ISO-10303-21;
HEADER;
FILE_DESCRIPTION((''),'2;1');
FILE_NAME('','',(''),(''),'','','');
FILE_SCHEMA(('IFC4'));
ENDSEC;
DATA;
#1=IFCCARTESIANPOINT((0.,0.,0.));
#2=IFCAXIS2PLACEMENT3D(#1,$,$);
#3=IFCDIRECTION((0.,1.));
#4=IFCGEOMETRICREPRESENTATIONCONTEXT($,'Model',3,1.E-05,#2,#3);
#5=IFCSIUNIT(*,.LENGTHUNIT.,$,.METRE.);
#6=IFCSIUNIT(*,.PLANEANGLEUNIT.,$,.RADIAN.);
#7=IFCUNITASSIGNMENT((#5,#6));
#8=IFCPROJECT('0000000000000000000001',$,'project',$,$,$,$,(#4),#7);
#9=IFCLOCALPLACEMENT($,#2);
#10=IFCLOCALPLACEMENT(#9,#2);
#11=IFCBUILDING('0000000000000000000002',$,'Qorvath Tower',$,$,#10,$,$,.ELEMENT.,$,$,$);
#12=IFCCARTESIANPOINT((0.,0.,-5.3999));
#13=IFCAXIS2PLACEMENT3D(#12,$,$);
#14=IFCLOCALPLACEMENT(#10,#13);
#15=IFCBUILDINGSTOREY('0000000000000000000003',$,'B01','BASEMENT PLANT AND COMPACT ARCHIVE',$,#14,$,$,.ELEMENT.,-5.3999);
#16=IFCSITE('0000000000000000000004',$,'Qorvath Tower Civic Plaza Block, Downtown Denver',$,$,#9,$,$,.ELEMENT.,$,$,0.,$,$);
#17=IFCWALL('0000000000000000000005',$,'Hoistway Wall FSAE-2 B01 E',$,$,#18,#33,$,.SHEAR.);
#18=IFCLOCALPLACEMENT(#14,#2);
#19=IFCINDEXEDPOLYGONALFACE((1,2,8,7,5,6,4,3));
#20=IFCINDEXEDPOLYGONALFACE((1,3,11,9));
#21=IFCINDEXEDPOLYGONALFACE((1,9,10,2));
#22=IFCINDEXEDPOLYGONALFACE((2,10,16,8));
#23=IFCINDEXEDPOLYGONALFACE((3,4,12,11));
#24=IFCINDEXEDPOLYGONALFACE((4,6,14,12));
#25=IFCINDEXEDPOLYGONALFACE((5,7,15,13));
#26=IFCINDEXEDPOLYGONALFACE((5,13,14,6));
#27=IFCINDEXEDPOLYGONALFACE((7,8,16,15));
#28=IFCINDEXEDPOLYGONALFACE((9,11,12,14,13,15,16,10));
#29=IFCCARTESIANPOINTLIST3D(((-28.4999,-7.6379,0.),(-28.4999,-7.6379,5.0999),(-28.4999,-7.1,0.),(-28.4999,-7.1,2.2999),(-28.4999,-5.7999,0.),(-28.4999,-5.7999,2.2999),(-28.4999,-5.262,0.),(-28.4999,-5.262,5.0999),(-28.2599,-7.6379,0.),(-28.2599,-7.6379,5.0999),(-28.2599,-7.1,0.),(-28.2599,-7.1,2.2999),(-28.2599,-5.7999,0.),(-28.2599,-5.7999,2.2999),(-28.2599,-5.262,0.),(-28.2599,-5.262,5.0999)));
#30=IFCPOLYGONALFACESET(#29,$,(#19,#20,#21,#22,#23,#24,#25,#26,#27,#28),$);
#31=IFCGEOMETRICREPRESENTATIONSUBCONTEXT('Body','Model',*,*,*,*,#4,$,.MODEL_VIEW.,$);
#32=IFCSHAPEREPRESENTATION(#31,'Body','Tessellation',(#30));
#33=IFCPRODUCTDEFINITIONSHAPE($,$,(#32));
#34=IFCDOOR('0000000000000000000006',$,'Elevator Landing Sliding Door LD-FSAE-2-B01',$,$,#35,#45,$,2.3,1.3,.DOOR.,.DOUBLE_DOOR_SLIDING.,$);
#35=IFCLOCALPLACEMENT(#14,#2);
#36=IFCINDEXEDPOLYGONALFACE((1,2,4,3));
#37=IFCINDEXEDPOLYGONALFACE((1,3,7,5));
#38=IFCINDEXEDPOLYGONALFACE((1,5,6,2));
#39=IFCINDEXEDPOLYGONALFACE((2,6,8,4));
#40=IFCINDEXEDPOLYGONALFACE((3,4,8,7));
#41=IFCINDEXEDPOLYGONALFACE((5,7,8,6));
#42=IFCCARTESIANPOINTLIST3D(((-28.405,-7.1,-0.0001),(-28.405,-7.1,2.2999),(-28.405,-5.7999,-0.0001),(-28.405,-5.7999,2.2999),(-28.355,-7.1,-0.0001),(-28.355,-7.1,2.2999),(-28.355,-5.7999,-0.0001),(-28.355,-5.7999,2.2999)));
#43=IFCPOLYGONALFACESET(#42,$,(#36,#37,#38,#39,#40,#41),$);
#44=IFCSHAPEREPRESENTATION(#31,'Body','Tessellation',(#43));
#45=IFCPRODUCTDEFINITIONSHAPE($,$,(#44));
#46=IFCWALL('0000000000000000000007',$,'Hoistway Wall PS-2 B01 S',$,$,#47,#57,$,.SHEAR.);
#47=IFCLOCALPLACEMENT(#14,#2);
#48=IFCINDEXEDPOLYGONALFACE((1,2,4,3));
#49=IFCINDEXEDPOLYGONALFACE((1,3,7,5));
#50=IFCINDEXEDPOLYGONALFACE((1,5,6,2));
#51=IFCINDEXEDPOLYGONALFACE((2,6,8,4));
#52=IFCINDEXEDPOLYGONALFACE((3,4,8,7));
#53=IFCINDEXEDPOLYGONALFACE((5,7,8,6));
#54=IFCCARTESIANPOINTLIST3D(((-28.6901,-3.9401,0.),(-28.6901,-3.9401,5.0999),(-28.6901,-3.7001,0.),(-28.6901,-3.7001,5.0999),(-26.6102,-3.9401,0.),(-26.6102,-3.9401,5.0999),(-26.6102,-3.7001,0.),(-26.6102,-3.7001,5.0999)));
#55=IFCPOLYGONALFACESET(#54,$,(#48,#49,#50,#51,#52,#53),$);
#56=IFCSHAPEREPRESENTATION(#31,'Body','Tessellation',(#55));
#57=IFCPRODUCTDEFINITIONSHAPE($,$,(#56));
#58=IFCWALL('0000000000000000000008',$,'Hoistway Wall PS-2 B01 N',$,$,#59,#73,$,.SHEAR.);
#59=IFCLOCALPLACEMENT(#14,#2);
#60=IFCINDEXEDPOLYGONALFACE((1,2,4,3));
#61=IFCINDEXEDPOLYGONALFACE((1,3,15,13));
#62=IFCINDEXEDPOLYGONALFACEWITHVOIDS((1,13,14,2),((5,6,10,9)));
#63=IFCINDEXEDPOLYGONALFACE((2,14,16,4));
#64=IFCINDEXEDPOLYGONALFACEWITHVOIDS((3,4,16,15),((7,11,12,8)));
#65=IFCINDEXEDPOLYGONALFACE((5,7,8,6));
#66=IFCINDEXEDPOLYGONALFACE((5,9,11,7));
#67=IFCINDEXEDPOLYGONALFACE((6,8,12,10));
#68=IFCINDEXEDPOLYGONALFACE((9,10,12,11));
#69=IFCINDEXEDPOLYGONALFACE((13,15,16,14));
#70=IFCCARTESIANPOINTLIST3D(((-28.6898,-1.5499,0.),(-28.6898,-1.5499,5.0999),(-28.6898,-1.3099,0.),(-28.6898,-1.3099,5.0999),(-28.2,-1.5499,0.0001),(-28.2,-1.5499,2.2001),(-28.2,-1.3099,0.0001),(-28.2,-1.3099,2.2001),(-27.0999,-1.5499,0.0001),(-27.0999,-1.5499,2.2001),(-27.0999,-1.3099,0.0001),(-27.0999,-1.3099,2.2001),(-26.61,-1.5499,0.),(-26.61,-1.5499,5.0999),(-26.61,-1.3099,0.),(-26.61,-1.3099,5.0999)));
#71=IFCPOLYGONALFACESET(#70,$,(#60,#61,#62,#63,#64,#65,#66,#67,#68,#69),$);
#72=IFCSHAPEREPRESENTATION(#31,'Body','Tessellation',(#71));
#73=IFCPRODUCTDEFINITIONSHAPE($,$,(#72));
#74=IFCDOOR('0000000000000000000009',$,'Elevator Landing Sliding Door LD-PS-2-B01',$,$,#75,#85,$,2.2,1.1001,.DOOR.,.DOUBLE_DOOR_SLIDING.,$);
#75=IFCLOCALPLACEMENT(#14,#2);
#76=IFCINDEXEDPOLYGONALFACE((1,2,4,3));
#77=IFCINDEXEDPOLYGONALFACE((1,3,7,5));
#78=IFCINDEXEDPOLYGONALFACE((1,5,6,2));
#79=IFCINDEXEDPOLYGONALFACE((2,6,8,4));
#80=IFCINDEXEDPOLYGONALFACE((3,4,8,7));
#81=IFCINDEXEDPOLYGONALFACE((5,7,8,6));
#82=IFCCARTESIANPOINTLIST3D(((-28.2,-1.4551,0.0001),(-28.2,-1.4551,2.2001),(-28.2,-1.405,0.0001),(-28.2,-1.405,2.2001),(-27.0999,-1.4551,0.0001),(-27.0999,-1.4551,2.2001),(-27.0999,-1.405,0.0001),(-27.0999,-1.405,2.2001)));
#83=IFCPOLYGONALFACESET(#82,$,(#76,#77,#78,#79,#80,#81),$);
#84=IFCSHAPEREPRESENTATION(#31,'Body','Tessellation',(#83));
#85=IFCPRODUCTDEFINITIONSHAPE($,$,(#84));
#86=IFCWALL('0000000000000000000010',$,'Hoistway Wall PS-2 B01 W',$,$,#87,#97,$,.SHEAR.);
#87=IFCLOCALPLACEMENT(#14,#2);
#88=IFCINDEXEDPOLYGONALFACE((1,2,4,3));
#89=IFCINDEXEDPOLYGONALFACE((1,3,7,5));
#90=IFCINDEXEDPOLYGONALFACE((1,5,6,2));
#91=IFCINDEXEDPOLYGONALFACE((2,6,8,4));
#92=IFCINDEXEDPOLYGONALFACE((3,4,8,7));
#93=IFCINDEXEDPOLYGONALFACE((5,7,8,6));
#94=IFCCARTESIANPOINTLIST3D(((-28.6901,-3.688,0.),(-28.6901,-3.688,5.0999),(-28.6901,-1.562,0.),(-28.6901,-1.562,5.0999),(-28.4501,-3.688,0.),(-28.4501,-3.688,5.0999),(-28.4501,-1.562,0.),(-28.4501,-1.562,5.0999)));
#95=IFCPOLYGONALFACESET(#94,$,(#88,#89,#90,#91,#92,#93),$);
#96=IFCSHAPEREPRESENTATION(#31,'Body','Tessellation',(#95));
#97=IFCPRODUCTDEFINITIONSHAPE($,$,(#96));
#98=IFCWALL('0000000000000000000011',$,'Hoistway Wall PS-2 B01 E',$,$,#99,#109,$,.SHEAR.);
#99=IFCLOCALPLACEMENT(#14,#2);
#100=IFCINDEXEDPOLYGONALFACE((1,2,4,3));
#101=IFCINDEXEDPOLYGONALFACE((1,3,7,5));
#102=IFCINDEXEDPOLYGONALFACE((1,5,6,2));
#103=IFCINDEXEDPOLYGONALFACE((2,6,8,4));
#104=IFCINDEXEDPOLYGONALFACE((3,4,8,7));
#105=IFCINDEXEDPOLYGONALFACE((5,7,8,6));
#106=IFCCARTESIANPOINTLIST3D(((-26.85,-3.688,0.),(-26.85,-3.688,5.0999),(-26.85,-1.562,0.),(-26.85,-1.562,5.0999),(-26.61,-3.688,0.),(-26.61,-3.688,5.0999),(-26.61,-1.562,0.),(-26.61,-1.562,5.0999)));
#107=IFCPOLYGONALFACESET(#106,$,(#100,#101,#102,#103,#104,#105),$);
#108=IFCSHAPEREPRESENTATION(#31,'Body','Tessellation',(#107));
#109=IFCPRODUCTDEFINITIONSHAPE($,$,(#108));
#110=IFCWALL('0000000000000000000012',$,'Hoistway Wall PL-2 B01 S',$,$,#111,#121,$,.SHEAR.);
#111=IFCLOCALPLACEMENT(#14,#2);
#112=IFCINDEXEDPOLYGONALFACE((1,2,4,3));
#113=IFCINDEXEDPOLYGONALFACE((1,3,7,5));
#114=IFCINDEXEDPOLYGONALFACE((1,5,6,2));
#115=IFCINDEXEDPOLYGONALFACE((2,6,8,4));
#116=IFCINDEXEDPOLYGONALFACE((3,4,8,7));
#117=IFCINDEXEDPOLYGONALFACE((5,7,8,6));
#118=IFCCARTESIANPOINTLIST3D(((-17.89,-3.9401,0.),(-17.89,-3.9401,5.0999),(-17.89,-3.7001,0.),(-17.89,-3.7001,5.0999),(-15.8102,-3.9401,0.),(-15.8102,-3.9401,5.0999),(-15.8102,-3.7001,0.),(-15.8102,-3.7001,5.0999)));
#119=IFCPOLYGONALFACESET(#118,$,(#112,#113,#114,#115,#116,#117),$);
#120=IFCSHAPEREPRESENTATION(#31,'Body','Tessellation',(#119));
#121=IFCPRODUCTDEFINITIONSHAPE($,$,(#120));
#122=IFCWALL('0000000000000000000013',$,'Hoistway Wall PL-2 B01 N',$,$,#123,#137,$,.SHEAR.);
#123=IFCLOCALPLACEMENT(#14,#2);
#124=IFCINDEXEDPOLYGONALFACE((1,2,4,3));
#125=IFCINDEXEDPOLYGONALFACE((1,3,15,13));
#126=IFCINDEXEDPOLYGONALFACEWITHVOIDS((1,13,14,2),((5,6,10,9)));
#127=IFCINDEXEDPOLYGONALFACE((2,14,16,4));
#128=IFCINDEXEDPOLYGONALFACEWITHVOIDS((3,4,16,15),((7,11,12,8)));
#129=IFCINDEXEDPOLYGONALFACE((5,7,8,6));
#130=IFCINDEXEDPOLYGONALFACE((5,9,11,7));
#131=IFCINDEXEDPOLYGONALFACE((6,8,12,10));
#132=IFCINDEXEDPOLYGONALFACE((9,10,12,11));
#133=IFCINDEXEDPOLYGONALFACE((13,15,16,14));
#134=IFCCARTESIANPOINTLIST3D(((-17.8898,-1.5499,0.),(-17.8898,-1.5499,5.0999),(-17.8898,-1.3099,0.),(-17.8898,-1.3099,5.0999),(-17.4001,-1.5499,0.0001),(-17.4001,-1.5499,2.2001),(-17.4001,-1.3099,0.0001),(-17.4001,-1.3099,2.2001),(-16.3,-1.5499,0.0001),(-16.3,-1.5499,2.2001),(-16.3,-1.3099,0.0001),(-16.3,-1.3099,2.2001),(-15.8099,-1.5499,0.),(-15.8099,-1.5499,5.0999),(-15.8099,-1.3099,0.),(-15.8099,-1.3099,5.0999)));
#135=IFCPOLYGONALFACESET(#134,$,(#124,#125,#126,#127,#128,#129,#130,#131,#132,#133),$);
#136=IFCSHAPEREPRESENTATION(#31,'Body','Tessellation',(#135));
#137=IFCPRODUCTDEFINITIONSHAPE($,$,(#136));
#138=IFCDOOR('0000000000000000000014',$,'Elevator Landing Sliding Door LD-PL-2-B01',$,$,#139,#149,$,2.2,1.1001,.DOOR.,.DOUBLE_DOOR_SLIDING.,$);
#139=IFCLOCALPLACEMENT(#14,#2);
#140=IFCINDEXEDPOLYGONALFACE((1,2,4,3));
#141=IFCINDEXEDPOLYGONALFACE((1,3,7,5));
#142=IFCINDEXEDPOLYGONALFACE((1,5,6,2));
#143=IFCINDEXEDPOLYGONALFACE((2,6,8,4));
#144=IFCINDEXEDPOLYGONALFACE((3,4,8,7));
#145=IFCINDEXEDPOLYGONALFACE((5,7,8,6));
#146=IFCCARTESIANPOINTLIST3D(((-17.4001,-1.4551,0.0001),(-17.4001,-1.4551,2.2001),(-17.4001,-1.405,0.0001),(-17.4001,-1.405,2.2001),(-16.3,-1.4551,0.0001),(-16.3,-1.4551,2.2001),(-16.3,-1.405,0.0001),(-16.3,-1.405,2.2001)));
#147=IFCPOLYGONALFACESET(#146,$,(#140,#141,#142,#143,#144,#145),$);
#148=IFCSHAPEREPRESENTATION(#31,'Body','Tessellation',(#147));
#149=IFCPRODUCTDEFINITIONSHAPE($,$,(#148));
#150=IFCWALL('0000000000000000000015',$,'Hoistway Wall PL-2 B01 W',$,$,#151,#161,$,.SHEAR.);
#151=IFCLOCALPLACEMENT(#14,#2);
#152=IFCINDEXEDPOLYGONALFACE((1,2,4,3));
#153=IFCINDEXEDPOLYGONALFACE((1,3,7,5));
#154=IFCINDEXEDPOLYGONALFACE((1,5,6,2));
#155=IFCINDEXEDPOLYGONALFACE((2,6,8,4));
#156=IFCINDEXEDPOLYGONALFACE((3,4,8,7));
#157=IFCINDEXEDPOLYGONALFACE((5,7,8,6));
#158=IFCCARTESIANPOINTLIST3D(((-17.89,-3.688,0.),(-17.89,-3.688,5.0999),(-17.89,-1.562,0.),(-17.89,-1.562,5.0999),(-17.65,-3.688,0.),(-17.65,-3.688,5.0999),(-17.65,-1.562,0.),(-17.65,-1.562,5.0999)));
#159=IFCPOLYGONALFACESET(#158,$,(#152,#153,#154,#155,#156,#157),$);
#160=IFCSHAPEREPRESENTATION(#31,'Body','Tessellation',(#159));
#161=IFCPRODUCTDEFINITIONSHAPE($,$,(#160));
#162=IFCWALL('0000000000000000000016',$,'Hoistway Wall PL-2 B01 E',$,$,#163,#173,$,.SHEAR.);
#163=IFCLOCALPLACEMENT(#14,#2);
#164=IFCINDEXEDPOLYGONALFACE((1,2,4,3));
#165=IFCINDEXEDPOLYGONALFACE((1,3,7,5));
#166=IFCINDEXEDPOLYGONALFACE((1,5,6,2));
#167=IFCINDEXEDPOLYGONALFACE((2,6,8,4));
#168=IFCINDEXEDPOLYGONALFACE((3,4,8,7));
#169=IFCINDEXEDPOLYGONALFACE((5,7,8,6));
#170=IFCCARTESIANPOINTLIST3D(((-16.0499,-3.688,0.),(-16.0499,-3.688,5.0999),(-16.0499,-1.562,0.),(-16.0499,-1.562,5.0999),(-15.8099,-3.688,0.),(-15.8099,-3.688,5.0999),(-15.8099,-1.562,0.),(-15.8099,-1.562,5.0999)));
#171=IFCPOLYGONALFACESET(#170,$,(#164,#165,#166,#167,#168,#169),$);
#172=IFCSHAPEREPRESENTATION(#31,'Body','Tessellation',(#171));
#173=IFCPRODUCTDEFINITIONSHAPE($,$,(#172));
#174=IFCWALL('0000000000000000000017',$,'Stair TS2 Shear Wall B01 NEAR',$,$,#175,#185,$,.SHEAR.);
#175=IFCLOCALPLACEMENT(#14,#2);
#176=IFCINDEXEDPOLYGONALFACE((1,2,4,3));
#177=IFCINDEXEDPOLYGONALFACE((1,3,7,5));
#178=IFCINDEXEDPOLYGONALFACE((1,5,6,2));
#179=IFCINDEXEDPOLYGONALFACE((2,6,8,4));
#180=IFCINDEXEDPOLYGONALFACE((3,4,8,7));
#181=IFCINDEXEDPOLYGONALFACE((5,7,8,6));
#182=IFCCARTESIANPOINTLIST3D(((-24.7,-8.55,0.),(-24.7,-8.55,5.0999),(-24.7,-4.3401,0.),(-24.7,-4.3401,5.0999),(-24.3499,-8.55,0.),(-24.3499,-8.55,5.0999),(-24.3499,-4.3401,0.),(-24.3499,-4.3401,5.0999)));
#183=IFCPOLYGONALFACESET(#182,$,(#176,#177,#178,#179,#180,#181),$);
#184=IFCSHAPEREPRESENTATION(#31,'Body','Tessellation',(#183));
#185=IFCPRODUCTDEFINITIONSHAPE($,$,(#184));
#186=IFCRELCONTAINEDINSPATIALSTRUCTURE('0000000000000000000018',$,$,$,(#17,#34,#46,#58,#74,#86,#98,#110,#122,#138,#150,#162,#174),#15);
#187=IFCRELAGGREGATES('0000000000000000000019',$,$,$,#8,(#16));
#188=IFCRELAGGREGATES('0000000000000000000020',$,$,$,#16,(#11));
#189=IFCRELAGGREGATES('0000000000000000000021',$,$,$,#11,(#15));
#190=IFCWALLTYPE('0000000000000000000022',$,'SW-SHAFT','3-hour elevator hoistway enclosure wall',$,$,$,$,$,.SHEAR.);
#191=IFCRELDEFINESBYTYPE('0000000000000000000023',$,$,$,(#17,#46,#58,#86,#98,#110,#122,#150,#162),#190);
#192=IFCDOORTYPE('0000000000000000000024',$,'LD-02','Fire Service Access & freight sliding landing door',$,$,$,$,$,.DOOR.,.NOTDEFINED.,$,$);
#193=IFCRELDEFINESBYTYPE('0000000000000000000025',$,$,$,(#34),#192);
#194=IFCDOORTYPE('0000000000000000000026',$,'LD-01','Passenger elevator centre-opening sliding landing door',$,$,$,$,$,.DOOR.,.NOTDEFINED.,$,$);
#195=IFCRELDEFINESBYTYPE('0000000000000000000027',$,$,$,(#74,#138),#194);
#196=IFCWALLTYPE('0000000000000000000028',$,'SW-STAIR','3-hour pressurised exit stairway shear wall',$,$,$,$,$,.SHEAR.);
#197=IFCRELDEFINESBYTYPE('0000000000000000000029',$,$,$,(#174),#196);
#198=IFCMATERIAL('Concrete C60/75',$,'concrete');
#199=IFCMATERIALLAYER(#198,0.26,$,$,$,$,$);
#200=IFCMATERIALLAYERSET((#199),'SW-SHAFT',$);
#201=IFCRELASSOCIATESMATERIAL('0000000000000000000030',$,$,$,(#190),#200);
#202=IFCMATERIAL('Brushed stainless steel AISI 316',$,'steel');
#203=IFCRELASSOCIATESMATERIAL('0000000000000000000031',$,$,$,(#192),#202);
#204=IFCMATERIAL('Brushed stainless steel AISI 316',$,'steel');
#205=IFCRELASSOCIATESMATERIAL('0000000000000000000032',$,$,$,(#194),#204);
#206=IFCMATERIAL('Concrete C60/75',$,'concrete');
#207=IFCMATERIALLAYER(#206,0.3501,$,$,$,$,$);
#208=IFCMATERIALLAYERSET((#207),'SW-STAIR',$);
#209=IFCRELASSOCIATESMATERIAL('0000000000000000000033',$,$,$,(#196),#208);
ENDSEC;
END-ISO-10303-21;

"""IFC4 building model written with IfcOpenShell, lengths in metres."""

from ifc_helpers import new_model, si_unit, direction, frame, frame_2d, origin, place, context, subcontext, project, spatial, rectangle, extrude, material, layer, layer_set, type_object, element, fill, save


model = new_model("IFC4")

# Units and contexts
model_context = context("Model", 3, precision=1e-05, world=origin(), true_north=direction((0.0, 1.0)))
body_context = subcontext(model_context, "Body", "Model", "MODEL_VIEW")
ifc_project = project(units=[si_unit("LENGTHUNIT", "METRE"), si_unit("PLANEANGLEUNIT", "RADIAN")], contexts=[model_context])

# Site, building, storey
site_placement = place(None, origin())
site = spatial("IfcSite", under=ifc_project, at=site_placement, Name="Qorvath Tower Civic Plaza Block, Downtown Denver", CompositionType="ELEMENT", RefElevation=0.0)
building_placement = place(site_placement, origin())
building = spatial("IfcBuilding", under=site, at=building_placement, Name="Qorvath Tower", CompositionType="ELEMENT")
storey_placement = place(building_placement, frame((0.0, 0.0, -5.3999)))
storey = spatial("IfcBuildingStorey", under=building, at=storey_placement, Name="B01", Description="BASEMENT PLANT AND COMPACT ARCHIVE", CompositionType="ELEMENT", Elevation=-5.3999)

# Wall, opening, door
ifc_material_1 = material(Name="Concrete C60/75", Category="concrete")
ifc_layer_1 = layer(ifc_material_1, 0.26)
ifc_layer_set_1 = layer_set([ifc_layer_1], Name="SW-SHAFT")
wall_type_1 = type_object("IfcWallType", Name="SW-SHAFT", Description="3-hour elevator hoistway enclosure wall", PredefinedType="SHEAR", material=ifc_layer_set_1)
wall_1_placement = place(storey_placement, frame((-28.3799, -5.262, 0.0), z_axis=(0.0, 0.0, 1.0), x_axis=(0.0, -1.0, 0.0)))
wall_1 = element("IfcWall", 1, at=wall_1_placement, inside=storey, type_object=wall_type_1, Name="Hoistway Wall FSAE-2 B01 E", PredefinedType="SHEAR", context=body_context, shape_type="SweptSolid", body=[
    extrude(rectangle(XDim=2.376, YDim=0.24, at=frame_2d((1.188, 0.0))), origin(), (0.0, 0.0, 1.0), 5.0999),
])
opening_1_placement = place(wall_1_placement, frame((0.5381, 0.0, 0.0)))
opening_1 = element("IfcOpeningElement", 2, at=opening_1_placement, cuts=wall_1, PredefinedType="OPENING", context=body_context, shape_type="SweptSolid", body=[
    extrude(rectangle(XDim=1.3, YDim=2.3, at=frame_2d((0.6499, 1.1499))), frame((0.0, 0.1299, 0.0), z_axis=(0.0, -1.0, 0.0), x_axis=(1.0, 0.0, 0.0)), (0.0, 0.0, 1.0), 0.26),
])
ifc_material_2 = material(Name="Brushed stainless steel AISI 316", Category="steel")
door_type_1 = type_object("IfcDoorType", Name="LD-02", Description="Fire Service Access & freight sliding landing door", OperationType="NOTDEFINED", PredefinedType="DOOR", material=ifc_material_2)
door_1_placement = place(opening_1_placement, origin())
door_1 = element("IfcDoor", 3, at=door_1_placement, inside=storey, type_object=door_type_1, Name="Elevator Landing Sliding Door LD-FSAE-2-B01", OperationType="DOUBLE_DOOR_SLIDING", OverallHeight=2.3, OverallWidth=1.3, PredefinedType="DOOR", context=body_context, shape_type="SweptSolid", body=[
    extrude(rectangle(XDim=1.3, YDim=2.3, at=frame_2d((0.6499, 1.1499))), frame((0.0, 0.0249, 0.0), z_axis=(0.0, -1.0, 0.0), x_axis=(1.0, 0.0, 0.0)), (0.0, 0.0, 1.0), 0.05),
])
fill(opening_1, door_1)

# Wall
wall_2_placement = place(storey_placement, frame((-26.6101, -3.8201, 0.0), z_axis=(0.0, 0.0, 1.0), x_axis=(-1.0, 0.0, 0.0)))
element("IfcWall", 4, at=wall_2_placement, inside=storey, type_object=wall_type_1, Name="Hoistway Wall PS-2 B01 S", PredefinedType="SHEAR", context=body_context, shape_type="SweptSolid", body=[
    extrude(rectangle(XDim=2.0798, YDim=0.24, at=frame_2d((1.04, 0.0))), origin(), (0.0, 0.0, 1.0), 5.0999),
])

# Wall, opening, door
wall_3_placement = place(storey_placement, frame((-28.6899, -1.4299, 0.0), z_axis=(0.0, 0.0, 1.0), x_axis=(1.0, 0.0, 0.0)))
wall_3 = element("IfcWall", 5, at=wall_3_placement, inside=storey, type_object=wall_type_1, Name="Hoistway Wall PS-2 B01 N", PredefinedType="SHEAR", context=body_context, shape_type="SweptSolid", body=[
    extrude(rectangle(XDim=2.0798, YDim=0.24, at=frame_2d((1.04, 0.0))), origin(), (0.0, 0.0, 1.0), 5.0999),
])
opening_2_placement = place(wall_3_placement, frame((0.49, 0.0, 0.0)))
opening_2 = element("IfcOpeningElement", 6, at=opening_2_placement, cuts=wall_3, PredefinedType="OPENING", context=body_context, shape_type="SweptSolid", body=[
    extrude(rectangle(XDim=1.1001, YDim=2.2, at=frame_2d((0.55, 1.1001))), frame((0.0, 0.1299, 0.0), z_axis=(0.0, -1.0, 0.0), x_axis=(1.0, 0.0, 0.0)), (0.0, 0.0, 1.0), 0.26),
])
ifc_material_3 = material(Name="Brushed stainless steel AISI 316", Category="steel")
door_type_2 = type_object("IfcDoorType", Name="LD-01", Description="Passenger elevator centre-opening sliding landing door", OperationType="NOTDEFINED", PredefinedType="DOOR", material=ifc_material_3)
door_2_placement = place(opening_2_placement, origin())
door_2 = element("IfcDoor", 7, at=door_2_placement, inside=storey, type_object=door_type_2, Name="Elevator Landing Sliding Door LD-PS-2-B01", OperationType="DOUBLE_DOOR_SLIDING", OverallHeight=2.2, OverallWidth=1.1001, PredefinedType="DOOR", context=body_context, shape_type="SweptSolid", body=[
    extrude(rectangle(XDim=1.1001, YDim=2.2, at=frame_2d((0.55, 1.1001))), frame((0.0, 0.0249, 0.0), z_axis=(0.0, -1.0, 0.0), x_axis=(1.0, 0.0, 0.0)), (0.0, 0.0, 1.0), 0.05),
])
fill(opening_2, door_2)

# Walls
for number, where, z_axis, x_axis, name in (
    (8, (-28.5701, -3.688, 0.0), (0.0, 0.0, 1.0), (0.0, 1.0, 0.0), "Hoistway Wall PS-2 B01 W"),
    (9, (-26.73, -1.562, 0.0), (0.0, 0.0, 1.0), (0.0, -1.0, 0.0), "Hoistway Wall PS-2 B01 E"),
):
    element("IfcWall", number, at=place(storey_placement, frame(where, z_axis=z_axis, x_axis=x_axis)), inside=storey, type_object=wall_type_1, Name=name, PredefinedType="SHEAR", context=body_context, shape_type="SweptSolid", body=[
        extrude(rectangle(XDim=2.126, YDim=0.24, at=frame_2d((1.063, 0.0))), origin(), (0.0, 0.0, 1.0), 5.0999),
    ])
wall_4_placement = place(storey_placement, frame((-15.8101, -3.8201, 0.0), z_axis=(0.0, 0.0, 1.0), x_axis=(-1.0, 0.0, 0.0)))
element("IfcWall", 10, at=wall_4_placement, inside=storey, type_object=wall_type_1, Name="Hoistway Wall PL-2 B01 S", PredefinedType="SHEAR", context=body_context, shape_type="SweptSolid", body=[
    extrude(rectangle(XDim=2.0798, YDim=0.24, at=frame_2d((1.04, 0.0))), origin(), (0.0, 0.0, 1.0), 5.0999),
])

# Wall, opening, door
wall_5_placement = place(storey_placement, frame((-17.8899, -1.4299, 0.0), z_axis=(0.0, 0.0, 1.0), x_axis=(1.0, 0.0, 0.0)))
wall_5 = element("IfcWall", 11, at=wall_5_placement, inside=storey, type_object=wall_type_1, Name="Hoistway Wall PL-2 B01 N", PredefinedType="SHEAR", context=body_context, shape_type="SweptSolid", body=[
    extrude(rectangle(XDim=2.0798, YDim=0.24, at=frame_2d((1.04, 0.0))), origin(), (0.0, 0.0, 1.0), 5.0999),
])
opening_3_placement = place(wall_5_placement, frame((0.4897, 0.0, 0.0)))
opening_3 = element("IfcOpeningElement", 12, at=opening_3_placement, cuts=wall_5, PredefinedType="OPENING", context=body_context, shape_type="SweptSolid", body=[
    extrude(rectangle(XDim=1.1001, YDim=2.2, at=frame_2d((0.55, 1.1001))), frame((0.0, 0.1299, 0.0), z_axis=(0.0, -1.0, 0.0), x_axis=(1.0, 0.0, 0.0)), (0.0, 0.0, 1.0), 0.26),
])
door_3_placement = place(opening_3_placement, origin())
door_3 = element("IfcDoor", 13, at=door_3_placement, inside=storey, type_object=door_type_2, Name="Elevator Landing Sliding Door LD-PL-2-B01", OperationType="DOUBLE_DOOR_SLIDING", OverallHeight=2.2, OverallWidth=1.1001, PredefinedType="DOOR", context=body_context, shape_type="SweptSolid", body=[
    extrude(rectangle(XDim=1.1001, YDim=2.2, at=frame_2d((0.55, 1.1001))), frame((0.0, 0.0249, 0.0), z_axis=(0.0, -1.0, 0.0), x_axis=(1.0, 0.0, 0.0)), (0.0, 0.0, 1.0), 0.05),
])
fill(opening_3, door_3)

# Walls
for number, where, z_axis, x_axis, name in (
    (14, (-17.77, -3.688, 0.0), (0.0, 0.0, 1.0), (0.0, 1.0, 0.0), "Hoistway Wall PL-2 B01 W"),
    (15, (-15.9299, -1.562, 0.0), (0.0, 0.0, 1.0), (0.0, -1.0, 0.0), "Hoistway Wall PL-2 B01 E"),
):
    element("IfcWall", number, at=place(storey_placement, frame(where, z_axis=z_axis, x_axis=x_axis)), inside=storey, type_object=wall_type_1, Name=name, PredefinedType="SHEAR", context=body_context, shape_type="SweptSolid", body=[
        extrude(rectangle(XDim=2.126, YDim=0.24, at=frame_2d((1.063, 0.0))), origin(), (0.0, 0.0, 1.0), 5.0999),
    ])
ifc_material_4 = material(Name="Concrete C60/75", Category="concrete")
ifc_layer_2 = layer(ifc_material_4, 0.3501)
ifc_layer_set_2 = layer_set([ifc_layer_2], Name="SW-STAIR")
wall_type_2 = type_object("IfcWallType", Name="SW-STAIR", Description="3-hour pressurised exit stairway shear wall", PredefinedType="SHEAR", material=ifc_layer_set_2)
wall_6_placement = place(storey_placement, frame((-24.5249, -4.3401, 0.0), z_axis=(0.0, 0.0, 1.0), x_axis=(0.0, -1.0, 0.0)))
element("IfcWall", 16, at=wall_6_placement, inside=storey, type_object=wall_type_2, Name="Stair TS2 Shear Wall B01 NEAR", PredefinedType="SHEAR", context=body_context, shape_type="SweptSolid", body=[
    extrude(rectangle(XDim=4.21, YDim=0.3501, at=frame_2d((2.105, 0.0))), origin(), (0.0, 0.0, 1.0), 5.0999),
])

save(model, "model.ifc")
